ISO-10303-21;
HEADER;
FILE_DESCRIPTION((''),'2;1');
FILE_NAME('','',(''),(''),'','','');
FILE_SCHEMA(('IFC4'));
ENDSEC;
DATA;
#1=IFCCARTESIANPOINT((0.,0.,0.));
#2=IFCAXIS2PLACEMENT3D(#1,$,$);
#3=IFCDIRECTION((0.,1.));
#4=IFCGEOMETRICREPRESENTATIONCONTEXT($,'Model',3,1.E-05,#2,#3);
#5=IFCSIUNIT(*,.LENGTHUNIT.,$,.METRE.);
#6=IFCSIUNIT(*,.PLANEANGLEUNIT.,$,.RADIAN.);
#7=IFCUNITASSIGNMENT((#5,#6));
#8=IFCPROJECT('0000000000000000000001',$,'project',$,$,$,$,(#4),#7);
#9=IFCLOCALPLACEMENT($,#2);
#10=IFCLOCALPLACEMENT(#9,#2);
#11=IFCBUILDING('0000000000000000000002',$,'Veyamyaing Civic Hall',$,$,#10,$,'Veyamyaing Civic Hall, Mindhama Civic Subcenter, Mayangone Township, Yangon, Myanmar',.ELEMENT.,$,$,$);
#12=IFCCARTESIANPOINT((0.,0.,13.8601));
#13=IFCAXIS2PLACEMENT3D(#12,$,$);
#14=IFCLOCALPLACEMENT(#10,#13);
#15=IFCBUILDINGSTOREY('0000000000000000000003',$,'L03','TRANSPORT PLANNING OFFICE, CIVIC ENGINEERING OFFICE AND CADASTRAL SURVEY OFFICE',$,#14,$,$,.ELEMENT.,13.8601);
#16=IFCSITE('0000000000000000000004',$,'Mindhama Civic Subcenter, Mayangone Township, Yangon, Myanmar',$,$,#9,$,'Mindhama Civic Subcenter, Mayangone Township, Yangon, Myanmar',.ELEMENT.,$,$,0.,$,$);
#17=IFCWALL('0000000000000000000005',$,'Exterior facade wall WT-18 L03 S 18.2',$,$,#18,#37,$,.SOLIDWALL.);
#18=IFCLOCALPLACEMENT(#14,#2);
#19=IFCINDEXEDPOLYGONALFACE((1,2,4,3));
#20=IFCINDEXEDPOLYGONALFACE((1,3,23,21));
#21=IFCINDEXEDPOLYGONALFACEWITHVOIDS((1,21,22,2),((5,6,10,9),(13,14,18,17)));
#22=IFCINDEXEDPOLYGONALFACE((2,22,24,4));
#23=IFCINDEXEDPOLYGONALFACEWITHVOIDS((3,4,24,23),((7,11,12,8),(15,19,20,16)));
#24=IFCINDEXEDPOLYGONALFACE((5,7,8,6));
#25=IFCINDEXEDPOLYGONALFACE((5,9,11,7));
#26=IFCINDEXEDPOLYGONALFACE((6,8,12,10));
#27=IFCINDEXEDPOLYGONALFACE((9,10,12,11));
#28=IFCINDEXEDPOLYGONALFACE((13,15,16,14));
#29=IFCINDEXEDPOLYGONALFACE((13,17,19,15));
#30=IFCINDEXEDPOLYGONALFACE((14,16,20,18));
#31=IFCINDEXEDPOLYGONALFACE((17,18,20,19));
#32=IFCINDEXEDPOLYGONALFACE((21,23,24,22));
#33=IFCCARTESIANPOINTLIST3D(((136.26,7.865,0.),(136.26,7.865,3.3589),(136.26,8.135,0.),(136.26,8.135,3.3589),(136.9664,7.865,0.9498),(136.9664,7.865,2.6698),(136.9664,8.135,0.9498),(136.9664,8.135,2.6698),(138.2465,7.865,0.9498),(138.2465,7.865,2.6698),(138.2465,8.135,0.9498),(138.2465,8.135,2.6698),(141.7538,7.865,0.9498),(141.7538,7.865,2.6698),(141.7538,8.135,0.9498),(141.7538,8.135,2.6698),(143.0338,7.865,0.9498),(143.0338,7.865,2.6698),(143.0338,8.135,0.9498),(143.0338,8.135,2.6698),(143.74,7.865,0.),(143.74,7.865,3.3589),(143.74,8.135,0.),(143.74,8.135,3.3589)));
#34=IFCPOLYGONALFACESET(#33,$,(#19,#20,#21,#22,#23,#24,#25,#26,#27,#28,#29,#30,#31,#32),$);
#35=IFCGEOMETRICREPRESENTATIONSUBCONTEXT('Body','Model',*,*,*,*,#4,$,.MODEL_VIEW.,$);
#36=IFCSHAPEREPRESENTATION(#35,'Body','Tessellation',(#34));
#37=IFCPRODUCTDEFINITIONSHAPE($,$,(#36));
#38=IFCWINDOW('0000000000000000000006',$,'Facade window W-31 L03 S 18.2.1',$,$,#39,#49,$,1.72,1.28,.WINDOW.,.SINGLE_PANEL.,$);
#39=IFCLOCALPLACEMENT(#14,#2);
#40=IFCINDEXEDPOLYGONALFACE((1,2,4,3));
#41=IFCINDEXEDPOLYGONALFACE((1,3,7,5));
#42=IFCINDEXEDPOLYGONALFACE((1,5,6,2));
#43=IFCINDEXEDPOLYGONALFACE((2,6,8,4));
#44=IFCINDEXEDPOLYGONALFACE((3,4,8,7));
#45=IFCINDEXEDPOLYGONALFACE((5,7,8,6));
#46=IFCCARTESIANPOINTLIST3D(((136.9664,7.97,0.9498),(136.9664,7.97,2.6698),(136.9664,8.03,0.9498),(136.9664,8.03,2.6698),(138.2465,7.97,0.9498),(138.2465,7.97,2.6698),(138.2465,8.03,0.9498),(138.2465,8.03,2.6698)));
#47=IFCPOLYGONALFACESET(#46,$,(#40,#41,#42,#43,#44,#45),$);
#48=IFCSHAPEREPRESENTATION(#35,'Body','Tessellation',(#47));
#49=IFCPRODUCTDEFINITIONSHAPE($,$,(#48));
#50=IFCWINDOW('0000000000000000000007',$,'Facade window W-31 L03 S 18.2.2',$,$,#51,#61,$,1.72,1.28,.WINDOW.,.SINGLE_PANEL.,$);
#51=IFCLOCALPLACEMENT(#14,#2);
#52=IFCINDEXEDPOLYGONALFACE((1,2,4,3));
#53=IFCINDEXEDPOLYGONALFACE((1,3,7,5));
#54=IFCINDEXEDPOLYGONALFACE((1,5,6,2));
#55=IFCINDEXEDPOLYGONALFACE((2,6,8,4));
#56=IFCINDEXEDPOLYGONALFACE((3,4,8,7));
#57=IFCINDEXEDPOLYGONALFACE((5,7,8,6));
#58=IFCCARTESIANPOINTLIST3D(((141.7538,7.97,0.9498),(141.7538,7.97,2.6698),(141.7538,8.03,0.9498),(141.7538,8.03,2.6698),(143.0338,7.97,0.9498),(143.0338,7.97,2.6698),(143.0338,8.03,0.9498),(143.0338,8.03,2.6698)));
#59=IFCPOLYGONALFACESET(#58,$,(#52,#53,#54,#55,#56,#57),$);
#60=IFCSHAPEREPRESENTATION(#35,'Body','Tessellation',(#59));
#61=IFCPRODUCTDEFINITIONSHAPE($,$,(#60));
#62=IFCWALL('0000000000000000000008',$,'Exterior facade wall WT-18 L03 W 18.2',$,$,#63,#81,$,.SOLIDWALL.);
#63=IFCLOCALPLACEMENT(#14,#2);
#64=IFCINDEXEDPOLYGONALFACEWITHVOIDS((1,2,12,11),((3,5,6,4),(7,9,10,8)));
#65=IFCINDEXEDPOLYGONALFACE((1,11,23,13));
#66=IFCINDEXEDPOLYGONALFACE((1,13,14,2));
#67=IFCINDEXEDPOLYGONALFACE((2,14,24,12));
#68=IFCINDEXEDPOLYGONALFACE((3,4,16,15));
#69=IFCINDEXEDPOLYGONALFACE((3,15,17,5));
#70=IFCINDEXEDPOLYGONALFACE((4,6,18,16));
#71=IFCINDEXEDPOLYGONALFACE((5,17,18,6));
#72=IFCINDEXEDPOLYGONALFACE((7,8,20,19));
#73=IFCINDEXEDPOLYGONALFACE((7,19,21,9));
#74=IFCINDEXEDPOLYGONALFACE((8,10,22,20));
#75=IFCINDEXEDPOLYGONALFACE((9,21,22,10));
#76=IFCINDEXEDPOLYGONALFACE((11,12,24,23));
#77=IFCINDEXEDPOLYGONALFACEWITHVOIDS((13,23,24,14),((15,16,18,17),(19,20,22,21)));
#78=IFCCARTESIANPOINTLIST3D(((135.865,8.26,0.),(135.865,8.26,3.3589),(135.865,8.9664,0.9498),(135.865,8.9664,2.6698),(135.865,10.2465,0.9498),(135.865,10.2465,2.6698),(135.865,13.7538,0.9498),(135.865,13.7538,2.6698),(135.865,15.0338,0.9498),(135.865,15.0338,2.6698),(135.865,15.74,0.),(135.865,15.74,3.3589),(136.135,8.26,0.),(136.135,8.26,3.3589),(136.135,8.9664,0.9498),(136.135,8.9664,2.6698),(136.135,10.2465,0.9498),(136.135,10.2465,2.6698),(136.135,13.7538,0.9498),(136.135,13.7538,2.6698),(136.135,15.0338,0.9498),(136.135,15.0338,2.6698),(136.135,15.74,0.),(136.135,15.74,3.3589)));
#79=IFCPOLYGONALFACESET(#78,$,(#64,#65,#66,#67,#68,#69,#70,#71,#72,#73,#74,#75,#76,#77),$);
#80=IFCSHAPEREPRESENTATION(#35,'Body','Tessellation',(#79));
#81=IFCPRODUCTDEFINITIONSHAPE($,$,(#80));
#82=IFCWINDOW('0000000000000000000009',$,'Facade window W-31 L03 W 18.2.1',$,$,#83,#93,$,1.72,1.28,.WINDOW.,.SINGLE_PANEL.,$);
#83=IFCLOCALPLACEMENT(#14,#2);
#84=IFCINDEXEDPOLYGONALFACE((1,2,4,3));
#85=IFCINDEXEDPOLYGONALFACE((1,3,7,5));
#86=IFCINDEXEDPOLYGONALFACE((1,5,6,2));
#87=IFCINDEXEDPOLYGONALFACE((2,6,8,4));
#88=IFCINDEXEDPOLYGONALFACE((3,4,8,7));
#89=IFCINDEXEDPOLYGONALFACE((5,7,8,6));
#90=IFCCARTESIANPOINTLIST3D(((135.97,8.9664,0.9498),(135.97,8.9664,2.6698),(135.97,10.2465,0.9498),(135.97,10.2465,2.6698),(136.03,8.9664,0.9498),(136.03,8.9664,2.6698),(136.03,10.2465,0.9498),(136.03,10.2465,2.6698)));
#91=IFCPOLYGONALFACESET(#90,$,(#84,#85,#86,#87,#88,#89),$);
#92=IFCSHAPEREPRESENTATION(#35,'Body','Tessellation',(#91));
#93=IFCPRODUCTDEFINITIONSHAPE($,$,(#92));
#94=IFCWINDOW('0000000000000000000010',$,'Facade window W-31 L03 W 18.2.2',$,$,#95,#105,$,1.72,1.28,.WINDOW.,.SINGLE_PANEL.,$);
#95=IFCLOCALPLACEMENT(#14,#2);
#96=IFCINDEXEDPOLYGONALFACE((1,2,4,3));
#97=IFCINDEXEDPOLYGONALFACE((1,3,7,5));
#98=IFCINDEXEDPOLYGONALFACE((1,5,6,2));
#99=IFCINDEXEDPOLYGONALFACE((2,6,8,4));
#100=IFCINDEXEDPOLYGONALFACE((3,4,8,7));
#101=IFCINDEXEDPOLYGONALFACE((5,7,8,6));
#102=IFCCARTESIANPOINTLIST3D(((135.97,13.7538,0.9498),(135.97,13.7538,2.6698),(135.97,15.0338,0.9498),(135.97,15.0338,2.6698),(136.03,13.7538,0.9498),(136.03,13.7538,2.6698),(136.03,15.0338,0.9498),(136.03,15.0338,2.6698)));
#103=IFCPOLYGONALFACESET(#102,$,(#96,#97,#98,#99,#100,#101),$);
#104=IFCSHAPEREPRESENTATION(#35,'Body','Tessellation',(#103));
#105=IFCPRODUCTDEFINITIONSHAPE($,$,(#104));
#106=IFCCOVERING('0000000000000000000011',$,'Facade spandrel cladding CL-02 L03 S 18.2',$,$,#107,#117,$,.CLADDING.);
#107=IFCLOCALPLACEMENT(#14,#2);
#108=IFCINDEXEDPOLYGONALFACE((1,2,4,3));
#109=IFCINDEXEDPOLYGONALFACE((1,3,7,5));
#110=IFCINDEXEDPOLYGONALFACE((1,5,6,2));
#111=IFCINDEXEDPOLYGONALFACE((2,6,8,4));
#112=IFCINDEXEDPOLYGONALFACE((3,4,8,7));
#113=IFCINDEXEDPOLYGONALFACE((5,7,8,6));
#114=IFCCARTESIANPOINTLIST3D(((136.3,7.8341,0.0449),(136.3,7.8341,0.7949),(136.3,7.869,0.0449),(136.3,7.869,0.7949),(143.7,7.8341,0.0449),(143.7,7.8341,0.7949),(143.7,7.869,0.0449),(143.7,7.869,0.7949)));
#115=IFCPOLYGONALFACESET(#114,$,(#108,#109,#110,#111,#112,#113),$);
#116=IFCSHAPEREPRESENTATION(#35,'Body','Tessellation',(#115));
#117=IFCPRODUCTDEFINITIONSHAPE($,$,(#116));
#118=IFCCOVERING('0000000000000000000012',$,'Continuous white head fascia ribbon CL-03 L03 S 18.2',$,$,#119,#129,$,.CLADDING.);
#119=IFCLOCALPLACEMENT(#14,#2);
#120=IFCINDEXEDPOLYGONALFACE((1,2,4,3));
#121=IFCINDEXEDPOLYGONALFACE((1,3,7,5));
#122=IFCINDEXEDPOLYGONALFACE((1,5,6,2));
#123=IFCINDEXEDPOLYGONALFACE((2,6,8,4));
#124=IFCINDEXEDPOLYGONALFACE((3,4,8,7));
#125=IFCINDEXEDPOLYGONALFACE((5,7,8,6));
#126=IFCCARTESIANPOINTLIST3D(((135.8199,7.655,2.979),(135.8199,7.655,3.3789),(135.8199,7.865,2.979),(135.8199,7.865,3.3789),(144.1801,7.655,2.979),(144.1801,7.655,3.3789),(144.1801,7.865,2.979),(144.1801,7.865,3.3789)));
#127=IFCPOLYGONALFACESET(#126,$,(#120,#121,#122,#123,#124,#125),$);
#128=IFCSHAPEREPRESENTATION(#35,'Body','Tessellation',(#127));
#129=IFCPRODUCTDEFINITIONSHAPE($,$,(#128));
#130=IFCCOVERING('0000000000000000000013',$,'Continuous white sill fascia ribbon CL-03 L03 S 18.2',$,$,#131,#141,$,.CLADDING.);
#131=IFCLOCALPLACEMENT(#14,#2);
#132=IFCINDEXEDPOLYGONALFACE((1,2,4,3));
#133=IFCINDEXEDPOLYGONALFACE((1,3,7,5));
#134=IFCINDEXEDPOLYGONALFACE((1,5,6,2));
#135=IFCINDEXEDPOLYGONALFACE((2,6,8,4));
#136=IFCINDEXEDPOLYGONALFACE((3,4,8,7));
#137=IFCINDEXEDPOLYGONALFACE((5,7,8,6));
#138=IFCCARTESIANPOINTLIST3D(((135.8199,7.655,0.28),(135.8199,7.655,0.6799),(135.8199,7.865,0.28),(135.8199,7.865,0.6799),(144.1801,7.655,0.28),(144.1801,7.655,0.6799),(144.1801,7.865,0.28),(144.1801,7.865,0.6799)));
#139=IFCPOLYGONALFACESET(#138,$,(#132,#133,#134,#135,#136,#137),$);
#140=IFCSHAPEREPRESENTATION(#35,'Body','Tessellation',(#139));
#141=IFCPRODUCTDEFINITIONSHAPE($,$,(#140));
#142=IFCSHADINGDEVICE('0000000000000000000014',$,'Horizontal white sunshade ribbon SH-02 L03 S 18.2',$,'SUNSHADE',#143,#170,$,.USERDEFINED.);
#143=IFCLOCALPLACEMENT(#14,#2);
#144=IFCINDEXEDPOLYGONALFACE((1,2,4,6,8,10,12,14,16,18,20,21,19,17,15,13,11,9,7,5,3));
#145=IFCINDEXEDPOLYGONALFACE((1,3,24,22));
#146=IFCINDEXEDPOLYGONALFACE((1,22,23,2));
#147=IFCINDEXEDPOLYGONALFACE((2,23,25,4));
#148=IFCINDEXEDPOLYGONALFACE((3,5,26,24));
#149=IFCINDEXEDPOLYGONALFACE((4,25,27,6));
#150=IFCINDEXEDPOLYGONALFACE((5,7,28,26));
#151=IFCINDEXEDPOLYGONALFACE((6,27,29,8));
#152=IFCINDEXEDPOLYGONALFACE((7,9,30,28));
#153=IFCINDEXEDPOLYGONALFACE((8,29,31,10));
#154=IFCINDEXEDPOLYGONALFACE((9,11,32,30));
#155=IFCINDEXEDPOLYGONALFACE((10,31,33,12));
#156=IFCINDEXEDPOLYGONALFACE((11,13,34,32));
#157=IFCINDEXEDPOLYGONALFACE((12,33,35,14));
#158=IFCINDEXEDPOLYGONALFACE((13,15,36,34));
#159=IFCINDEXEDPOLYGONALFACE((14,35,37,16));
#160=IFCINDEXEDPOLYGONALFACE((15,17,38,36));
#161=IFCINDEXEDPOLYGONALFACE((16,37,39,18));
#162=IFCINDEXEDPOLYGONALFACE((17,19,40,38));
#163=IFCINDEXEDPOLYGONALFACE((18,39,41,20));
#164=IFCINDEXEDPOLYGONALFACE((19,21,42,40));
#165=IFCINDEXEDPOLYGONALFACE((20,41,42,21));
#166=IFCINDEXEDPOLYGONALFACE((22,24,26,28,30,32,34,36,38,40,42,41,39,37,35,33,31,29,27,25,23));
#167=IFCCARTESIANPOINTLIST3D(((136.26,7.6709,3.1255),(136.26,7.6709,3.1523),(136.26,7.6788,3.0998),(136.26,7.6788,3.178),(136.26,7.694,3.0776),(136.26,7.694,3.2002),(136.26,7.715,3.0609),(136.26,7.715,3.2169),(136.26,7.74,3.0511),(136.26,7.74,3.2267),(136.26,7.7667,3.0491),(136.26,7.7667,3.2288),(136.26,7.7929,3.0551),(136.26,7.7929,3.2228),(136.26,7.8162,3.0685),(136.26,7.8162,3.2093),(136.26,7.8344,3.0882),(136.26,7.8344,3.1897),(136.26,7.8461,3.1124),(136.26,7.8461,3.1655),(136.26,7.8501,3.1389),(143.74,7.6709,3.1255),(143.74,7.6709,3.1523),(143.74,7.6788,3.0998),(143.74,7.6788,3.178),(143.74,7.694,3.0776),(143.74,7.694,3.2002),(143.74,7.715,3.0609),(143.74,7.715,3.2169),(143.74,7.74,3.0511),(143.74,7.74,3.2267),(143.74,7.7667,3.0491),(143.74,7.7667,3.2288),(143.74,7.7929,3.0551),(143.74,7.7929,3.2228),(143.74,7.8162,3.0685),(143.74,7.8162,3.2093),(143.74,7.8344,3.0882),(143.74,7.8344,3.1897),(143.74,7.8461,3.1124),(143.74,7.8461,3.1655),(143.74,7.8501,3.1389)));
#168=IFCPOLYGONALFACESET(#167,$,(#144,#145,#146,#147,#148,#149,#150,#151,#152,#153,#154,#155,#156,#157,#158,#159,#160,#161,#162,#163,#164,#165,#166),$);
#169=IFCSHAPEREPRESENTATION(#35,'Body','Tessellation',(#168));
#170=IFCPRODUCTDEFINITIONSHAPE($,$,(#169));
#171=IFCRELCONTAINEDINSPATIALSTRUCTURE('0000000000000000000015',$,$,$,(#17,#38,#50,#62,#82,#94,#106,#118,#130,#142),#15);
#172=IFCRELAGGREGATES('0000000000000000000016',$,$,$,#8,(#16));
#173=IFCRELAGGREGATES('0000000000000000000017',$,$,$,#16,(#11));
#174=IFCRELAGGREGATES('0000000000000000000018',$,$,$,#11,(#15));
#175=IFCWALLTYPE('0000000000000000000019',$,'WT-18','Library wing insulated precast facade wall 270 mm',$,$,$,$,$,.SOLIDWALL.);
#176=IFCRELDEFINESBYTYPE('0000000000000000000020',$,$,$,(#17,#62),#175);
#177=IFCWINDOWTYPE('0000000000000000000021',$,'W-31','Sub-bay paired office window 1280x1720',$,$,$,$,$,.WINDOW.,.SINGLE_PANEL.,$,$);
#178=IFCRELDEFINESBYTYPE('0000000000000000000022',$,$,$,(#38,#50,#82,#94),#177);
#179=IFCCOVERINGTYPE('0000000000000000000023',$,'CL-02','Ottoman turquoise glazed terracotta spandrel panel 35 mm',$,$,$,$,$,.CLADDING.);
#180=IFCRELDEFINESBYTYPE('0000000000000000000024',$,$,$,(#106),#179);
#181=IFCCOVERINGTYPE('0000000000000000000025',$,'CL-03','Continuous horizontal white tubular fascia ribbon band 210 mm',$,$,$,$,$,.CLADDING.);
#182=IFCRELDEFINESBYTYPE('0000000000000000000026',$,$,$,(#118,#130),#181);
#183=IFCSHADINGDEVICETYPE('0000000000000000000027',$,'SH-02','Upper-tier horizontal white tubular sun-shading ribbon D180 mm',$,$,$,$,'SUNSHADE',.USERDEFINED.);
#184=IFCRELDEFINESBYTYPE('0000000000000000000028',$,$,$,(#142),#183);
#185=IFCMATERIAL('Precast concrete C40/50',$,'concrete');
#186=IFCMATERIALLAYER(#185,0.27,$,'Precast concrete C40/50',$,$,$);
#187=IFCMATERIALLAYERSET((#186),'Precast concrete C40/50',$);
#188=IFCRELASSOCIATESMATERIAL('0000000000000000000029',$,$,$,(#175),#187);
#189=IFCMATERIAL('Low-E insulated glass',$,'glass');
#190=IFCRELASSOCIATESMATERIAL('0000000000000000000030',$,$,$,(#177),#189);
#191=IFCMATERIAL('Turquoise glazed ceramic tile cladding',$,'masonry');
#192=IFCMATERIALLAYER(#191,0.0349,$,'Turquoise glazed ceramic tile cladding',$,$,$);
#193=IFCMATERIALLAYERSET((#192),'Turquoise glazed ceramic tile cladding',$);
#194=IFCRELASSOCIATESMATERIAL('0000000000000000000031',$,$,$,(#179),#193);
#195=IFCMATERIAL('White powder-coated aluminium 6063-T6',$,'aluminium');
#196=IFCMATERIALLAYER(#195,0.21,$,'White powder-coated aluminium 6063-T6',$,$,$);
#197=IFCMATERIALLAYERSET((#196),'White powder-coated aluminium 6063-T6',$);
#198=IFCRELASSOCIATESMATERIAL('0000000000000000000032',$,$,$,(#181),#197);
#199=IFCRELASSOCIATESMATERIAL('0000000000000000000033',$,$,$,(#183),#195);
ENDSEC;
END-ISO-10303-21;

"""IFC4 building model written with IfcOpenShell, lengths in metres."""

from ifc_helpers import new_model, si_unit, direction, frame, frame_2d, origin, origin_2d, place, context, subcontext, project, spatial, rectangle, circle, extrude, material, layer, layer_set, material_profile, profile_set, type_object, element, fill, save


model = new_model("IFC4")

# Units and contexts
model_context = context("Model", 3, precision=1e-05, world=origin(), true_north=direction((0.0, 1.0)))
body_context = subcontext(model_context, "Body", "Model", "MODEL_VIEW")
ifc_project = project(units=[si_unit("LENGTHUNIT", "METRE"), si_unit("PLANEANGLEUNIT", "RADIAN")], contexts=[model_context])

# Site, building, storey
site_placement = place(None, origin())
site = spatial("IfcSite", under=ifc_project, at=site_placement, Name="Mindhama Civic Subcenter, Mayangone Township, Yangon, Myanmar", LongName="Mindhama Civic Subcenter, Mayangone Township, Yangon, Myanmar", CompositionType="ELEMENT", RefElevation=0.0)
building_placement = place(site_placement, origin())
building = spatial("IfcBuilding", under=site, at=building_placement, Name="Veyamyaing Civic Hall", LongName="Veyamyaing Civic Hall, Mindhama Civic Subcenter, Mayangone Township, Yangon, Myanmar", CompositionType="ELEMENT")
storey_placement = place(building_placement, frame((0.0, 0.0, 13.8601)))
storey = spatial("IfcBuildingStorey", under=building, at=storey_placement, Name="L03", Description="TRANSPORT PLANNING OFFICE, CIVIC ENGINEERING OFFICE AND CADASTRAL SURVEY OFFICE", CompositionType="ELEMENT", Elevation=13.8601)

# Walls, openings, windows
ifc_material_1 = material(Name="Precast concrete C40/50", Category="concrete")
ifc_layer_1 = layer(ifc_material_1, 0.27, Name="Precast concrete C40/50")
ifc_layer_set_1 = layer_set([ifc_layer_1], Name="Precast concrete C40/50")
wall_type_1 = type_object("IfcWallType", Name="WT-18", Description="Library wing insulated precast facade wall 270 mm", PredefinedType="SOLIDWALL", material=ifc_layer_set_1)
wall_1_placement = place(storey_placement, frame((136.26, 8.0, 0.0), z_axis=(0.0, 0.0, 1.0), x_axis=(1.0, 0.0, 0.0)))
wall_1 = element("IfcWall", 1, at=wall_1_placement, inside=storey, type_object=wall_type_1, Name="Exterior facade wall WT-18 L03 S 18.2", PredefinedType="SOLIDWALL", context=body_context, shape_type="SweptSolid", body=[
    extrude(rectangle(XDim=7.48, YDim=0.27, at=frame_2d((3.74, 0.0))), origin(), (0.0, 0.0, 1.0), 3.3589),
])
opening_1_placement = place(wall_1_placement, frame((0.7063, 0.0, 0.95)))
opening_1 = element("IfcOpeningElement", 2, at=opening_1_placement, cuts=wall_1, PredefinedType="OPENING", context=body_context, shape_type="SweptSolid", body=[
    extrude(rectangle(XDim=1.28, YDim=1.72, at=frame_2d((0.6401, 0.8599))), frame((0.0, 0.145, 0.0), z_axis=(0.0, -1.0, 0.0), x_axis=(1.0, 0.0, 0.0)), (0.0, 0.0, 1.0), 0.29),
])
opening_2_placement = place(wall_1_placement, frame((5.4937, 0.0, 0.95)))
opening_2 = element("IfcOpeningElement", 3, at=opening_2_placement, cuts=wall_1, PredefinedType="OPENING", context=body_context, shape_type="SweptSolid", body=[
    extrude(rectangle(XDim=1.28, YDim=1.72, at=frame_2d((0.6401, 0.8599))), frame((0.0, 0.145, 0.0), z_axis=(0.0, -1.0, 0.0), x_axis=(1.0, 0.0, 0.0)), (0.0, 0.0, 1.0), 0.29),
])
ifc_material_2 = material(Name="Low-E insulated glass", Category="glass")
window_type = type_object("IfcWindowType", Name="W-31", Description="Sub-bay paired office window 1280x1720", PartitioningType="SINGLE_PANEL", PredefinedType="WINDOW", material=ifc_material_2)
window_1_placement = place(opening_1_placement, origin())
window_1 = element("IfcWindow", 4, at=window_1_placement, inside=storey, type_object=window_type, Name="Facade window W-31 L03 S 18.2.1", OverallHeight=1.72, OverallWidth=1.28, PartitioningType="SINGLE_PANEL", PredefinedType="WINDOW", context=body_context, shape_type="SweptSolid", body=[
    extrude(rectangle(XDim=1.28, YDim=1.72, at=frame_2d((0.6401, 0.8599))), frame((0.0, 0.03, 0.0), z_axis=(0.0, -1.0, 0.0), x_axis=(1.0, 0.0, 0.0)), (0.0, 0.0, 1.0), 0.0601),
])
fill(opening_1, window_1)
window_2_placement = place(opening_2_placement, origin())
window_2 = element("IfcWindow", 5, at=window_2_placement, inside=storey, type_object=window_type, Name="Facade window W-31 L03 S 18.2.2", OverallHeight=1.72, OverallWidth=1.28, PartitioningType="SINGLE_PANEL", PredefinedType="WINDOW", context=body_context, shape_type="SweptSolid", body=[
    extrude(rectangle(XDim=1.28, YDim=1.72, at=frame_2d((0.6401, 0.8599))), frame((0.0, 0.03, 0.0), z_axis=(0.0, -1.0, 0.0), x_axis=(1.0, 0.0, 0.0)), (0.0, 0.0, 1.0), 0.0601),
])
fill(opening_2, window_2)
wall_2_placement = place(storey_placement, frame((136.0, 8.26, 0.0), z_axis=(0.0, 0.0, 1.0), x_axis=(0.0, 1.0, 0.0)))
wall_2 = element("IfcWall", 6, at=wall_2_placement, inside=storey, type_object=wall_type_1, Name="Exterior facade wall WT-18 L03 W 18.2", PredefinedType="SOLIDWALL", context=body_context, shape_type="SweptSolid", body=[
    extrude(rectangle(XDim=7.48, YDim=0.27, at=frame_2d((3.74, 0.0))), origin(), (0.0, 0.0, 1.0), 3.3589),
])
opening_3_placement = place(wall_2_placement, frame((0.7063, 0.0, 0.95)))
opening_3 = element("IfcOpeningElement", 7, at=opening_3_placement, cuts=wall_2, PredefinedType="OPENING", context=body_context, shape_type="SweptSolid", body=[
    extrude(rectangle(XDim=1.28, YDim=1.72, at=frame_2d((0.6401, 0.8599))), frame((0.0, 0.145, 0.0), z_axis=(0.0, -1.0, 0.0), x_axis=(1.0, 0.0, 0.0)), (0.0, 0.0, 1.0), 0.29),
])
opening_4_placement = place(wall_2_placement, frame((5.4937, 0.0, 0.95)))
opening_4 = element("IfcOpeningElement", 8, at=opening_4_placement, cuts=wall_2, PredefinedType="OPENING", context=body_context, shape_type="SweptSolid", body=[
    extrude(rectangle(XDim=1.28, YDim=1.72, at=frame_2d((0.6401, 0.8599))), frame((0.0, 0.145, 0.0), z_axis=(0.0, -1.0, 0.0), x_axis=(1.0, 0.0, 0.0)), (0.0, 0.0, 1.0), 0.29),
])
window_3_placement = place(opening_3_placement, origin())
window_3 = element("IfcWindow", 9, at=window_3_placement, inside=storey, type_object=window_type, Name="Facade window W-31 L03 W 18.2.1", OverallHeight=1.72, OverallWidth=1.28, PartitioningType="SINGLE_PANEL", PredefinedType="WINDOW", context=body_context, shape_type="SweptSolid", body=[
    extrude(rectangle(XDim=1.28, YDim=1.72, at=frame_2d((0.6401, 0.8599))), frame((0.0, 0.03, 0.0), z_axis=(0.0, -1.0, 0.0), x_axis=(1.0, 0.0, 0.0)), (0.0, 0.0, 1.0), 0.0601),
])
fill(opening_3, window_3)
window_4_placement = place(opening_4_placement, origin())
window_4 = element("IfcWindow", 10, at=window_4_placement, inside=storey, type_object=window_type, Name="Facade window W-31 L03 W 18.2.2", OverallHeight=1.72, OverallWidth=1.28, PartitioningType="SINGLE_PANEL", PredefinedType="WINDOW", context=body_context, shape_type="SweptSolid", body=[
    extrude(rectangle(XDim=1.28, YDim=1.72, at=frame_2d((0.6401, 0.8599))), frame((0.0, 0.03, 0.0), z_axis=(0.0, -1.0, 0.0), x_axis=(1.0, 0.0, 0.0)), (0.0, 0.0, 1.0), 0.0601),
])
fill(opening_4, window_4)

# Coverings
ifc_material_3 = material(Name="Turquoise glazed ceramic tile cladding", Category="masonry")
ifc_layer_2 = layer(ifc_material_3, 0.0349, Name="Turquoise glazed ceramic tile cladding")
ifc_layer_set_2 = layer_set([ifc_layer_2], Name="Turquoise glazed ceramic tile cladding")
covering_type_1 = type_object("IfcCoveringType", Name="CL-02", Description="Ottoman turquoise glazed terracotta spandrel panel 35 mm", PredefinedType="CLADDING", material=ifc_layer_set_2)
covering_placement = place(storey_placement, frame((140.0, 7.8516, 0.0449), z_axis=(0.0, 0.0, 1.0), x_axis=(1.0, 0.0, 0.0)))
element("IfcCovering", 11, at=covering_placement, inside=storey, type_object=covering_type_1, Name="Facade spandrel cladding CL-02 L03 S 18.2", PredefinedType="CLADDING", context=body_context, shape_type="SweptSolid", body=[
    extrude(rectangle(XDim=7.3999, YDim=0.0349, at=origin_2d()), origin(), (0.0, 0.0, 1.0), 0.75),
])
ifc_material_4 = material(Name="White powder-coated aluminium 6063-T6", Category="aluminium")
ifc_layer_3 = layer(ifc_material_4, 0.21, Name="White powder-coated aluminium 6063-T6")
ifc_layer_set_3 = layer_set([ifc_layer_3], Name="White powder-coated aluminium 6063-T6")
covering_type_2 = type_object("IfcCoveringType", Name="CL-03", Description="Continuous horizontal white tubular fascia ribbon band 210 mm", PredefinedType="CLADDING", material=ifc_layer_set_3)
for number, where, z_axis, x_axis, name in (
    (12, (140.0, 7.76, 2.979), (0.0, 0.0, 1.0), (1.0, 0.0, 0.0), "Continuous white head fascia ribbon CL-03 L03 S 18.2"),
    (13, (140.0, 7.76, 0.28), (0.0, 0.0, 1.0), (1.0, 0.0, 0.0), "Continuous white sill fascia ribbon CL-03 L03 S 18.2"),
):
    element("IfcCovering", number, at=place(storey_placement, frame(where, z_axis=z_axis, x_axis=x_axis)), inside=storey, type_object=covering_type_2, Name=name, PredefinedType="CLADDING", context=body_context, shape_type="SweptSolid", body=[
        extrude(rectangle(XDim=8.3601, YDim=0.21, at=origin_2d()), origin(), (0.0, 0.0, 1.0), 0.3999),
    ])

# Shading device
ifc_material_profile_1 = material_profile(ifc_material_4, circle(Radius=0.0901, at=origin_2d()), Name="SHADE-TUBE-180")
ifc_profile_set_1 = profile_set([ifc_material_profile_1], Name="White powder-coated aluminium 6063-T6")
shading_device_type = type_object("IfcShadingDeviceType", Name="SH-02", Description="Upper-tier horizontal white tubular sun-shading ribbon D180 mm", ElementType="SUNSHADE", PredefinedType="USERDEFINED", material=ifc_profile_set_1)
for number, where, z_axis, x_axis, name in (
    (14, (136.26, 7.76, 3.1389), (1.0, 0.0, 0.0), (0.0, 1.0, 0.0), "Horizontal white sunshade ribbon SH-02 L03 S 18.2"),
):
    element("IfcShadingDevice", number, at=place(storey_placement, frame(where, z_axis=z_axis, x_axis=x_axis)), inside=storey, type_object=shading_device_type, Name=name, ObjectType="SUNSHADE", PredefinedType="USERDEFINED", context=body_context, shape_type="SweptSolid", body=[
        extrude(circle(Radius=0.0901, at=origin_2d()), origin(), (0.0, 0.0, 1.0), 7.48),
    ])

save(model, "model.ifc")
